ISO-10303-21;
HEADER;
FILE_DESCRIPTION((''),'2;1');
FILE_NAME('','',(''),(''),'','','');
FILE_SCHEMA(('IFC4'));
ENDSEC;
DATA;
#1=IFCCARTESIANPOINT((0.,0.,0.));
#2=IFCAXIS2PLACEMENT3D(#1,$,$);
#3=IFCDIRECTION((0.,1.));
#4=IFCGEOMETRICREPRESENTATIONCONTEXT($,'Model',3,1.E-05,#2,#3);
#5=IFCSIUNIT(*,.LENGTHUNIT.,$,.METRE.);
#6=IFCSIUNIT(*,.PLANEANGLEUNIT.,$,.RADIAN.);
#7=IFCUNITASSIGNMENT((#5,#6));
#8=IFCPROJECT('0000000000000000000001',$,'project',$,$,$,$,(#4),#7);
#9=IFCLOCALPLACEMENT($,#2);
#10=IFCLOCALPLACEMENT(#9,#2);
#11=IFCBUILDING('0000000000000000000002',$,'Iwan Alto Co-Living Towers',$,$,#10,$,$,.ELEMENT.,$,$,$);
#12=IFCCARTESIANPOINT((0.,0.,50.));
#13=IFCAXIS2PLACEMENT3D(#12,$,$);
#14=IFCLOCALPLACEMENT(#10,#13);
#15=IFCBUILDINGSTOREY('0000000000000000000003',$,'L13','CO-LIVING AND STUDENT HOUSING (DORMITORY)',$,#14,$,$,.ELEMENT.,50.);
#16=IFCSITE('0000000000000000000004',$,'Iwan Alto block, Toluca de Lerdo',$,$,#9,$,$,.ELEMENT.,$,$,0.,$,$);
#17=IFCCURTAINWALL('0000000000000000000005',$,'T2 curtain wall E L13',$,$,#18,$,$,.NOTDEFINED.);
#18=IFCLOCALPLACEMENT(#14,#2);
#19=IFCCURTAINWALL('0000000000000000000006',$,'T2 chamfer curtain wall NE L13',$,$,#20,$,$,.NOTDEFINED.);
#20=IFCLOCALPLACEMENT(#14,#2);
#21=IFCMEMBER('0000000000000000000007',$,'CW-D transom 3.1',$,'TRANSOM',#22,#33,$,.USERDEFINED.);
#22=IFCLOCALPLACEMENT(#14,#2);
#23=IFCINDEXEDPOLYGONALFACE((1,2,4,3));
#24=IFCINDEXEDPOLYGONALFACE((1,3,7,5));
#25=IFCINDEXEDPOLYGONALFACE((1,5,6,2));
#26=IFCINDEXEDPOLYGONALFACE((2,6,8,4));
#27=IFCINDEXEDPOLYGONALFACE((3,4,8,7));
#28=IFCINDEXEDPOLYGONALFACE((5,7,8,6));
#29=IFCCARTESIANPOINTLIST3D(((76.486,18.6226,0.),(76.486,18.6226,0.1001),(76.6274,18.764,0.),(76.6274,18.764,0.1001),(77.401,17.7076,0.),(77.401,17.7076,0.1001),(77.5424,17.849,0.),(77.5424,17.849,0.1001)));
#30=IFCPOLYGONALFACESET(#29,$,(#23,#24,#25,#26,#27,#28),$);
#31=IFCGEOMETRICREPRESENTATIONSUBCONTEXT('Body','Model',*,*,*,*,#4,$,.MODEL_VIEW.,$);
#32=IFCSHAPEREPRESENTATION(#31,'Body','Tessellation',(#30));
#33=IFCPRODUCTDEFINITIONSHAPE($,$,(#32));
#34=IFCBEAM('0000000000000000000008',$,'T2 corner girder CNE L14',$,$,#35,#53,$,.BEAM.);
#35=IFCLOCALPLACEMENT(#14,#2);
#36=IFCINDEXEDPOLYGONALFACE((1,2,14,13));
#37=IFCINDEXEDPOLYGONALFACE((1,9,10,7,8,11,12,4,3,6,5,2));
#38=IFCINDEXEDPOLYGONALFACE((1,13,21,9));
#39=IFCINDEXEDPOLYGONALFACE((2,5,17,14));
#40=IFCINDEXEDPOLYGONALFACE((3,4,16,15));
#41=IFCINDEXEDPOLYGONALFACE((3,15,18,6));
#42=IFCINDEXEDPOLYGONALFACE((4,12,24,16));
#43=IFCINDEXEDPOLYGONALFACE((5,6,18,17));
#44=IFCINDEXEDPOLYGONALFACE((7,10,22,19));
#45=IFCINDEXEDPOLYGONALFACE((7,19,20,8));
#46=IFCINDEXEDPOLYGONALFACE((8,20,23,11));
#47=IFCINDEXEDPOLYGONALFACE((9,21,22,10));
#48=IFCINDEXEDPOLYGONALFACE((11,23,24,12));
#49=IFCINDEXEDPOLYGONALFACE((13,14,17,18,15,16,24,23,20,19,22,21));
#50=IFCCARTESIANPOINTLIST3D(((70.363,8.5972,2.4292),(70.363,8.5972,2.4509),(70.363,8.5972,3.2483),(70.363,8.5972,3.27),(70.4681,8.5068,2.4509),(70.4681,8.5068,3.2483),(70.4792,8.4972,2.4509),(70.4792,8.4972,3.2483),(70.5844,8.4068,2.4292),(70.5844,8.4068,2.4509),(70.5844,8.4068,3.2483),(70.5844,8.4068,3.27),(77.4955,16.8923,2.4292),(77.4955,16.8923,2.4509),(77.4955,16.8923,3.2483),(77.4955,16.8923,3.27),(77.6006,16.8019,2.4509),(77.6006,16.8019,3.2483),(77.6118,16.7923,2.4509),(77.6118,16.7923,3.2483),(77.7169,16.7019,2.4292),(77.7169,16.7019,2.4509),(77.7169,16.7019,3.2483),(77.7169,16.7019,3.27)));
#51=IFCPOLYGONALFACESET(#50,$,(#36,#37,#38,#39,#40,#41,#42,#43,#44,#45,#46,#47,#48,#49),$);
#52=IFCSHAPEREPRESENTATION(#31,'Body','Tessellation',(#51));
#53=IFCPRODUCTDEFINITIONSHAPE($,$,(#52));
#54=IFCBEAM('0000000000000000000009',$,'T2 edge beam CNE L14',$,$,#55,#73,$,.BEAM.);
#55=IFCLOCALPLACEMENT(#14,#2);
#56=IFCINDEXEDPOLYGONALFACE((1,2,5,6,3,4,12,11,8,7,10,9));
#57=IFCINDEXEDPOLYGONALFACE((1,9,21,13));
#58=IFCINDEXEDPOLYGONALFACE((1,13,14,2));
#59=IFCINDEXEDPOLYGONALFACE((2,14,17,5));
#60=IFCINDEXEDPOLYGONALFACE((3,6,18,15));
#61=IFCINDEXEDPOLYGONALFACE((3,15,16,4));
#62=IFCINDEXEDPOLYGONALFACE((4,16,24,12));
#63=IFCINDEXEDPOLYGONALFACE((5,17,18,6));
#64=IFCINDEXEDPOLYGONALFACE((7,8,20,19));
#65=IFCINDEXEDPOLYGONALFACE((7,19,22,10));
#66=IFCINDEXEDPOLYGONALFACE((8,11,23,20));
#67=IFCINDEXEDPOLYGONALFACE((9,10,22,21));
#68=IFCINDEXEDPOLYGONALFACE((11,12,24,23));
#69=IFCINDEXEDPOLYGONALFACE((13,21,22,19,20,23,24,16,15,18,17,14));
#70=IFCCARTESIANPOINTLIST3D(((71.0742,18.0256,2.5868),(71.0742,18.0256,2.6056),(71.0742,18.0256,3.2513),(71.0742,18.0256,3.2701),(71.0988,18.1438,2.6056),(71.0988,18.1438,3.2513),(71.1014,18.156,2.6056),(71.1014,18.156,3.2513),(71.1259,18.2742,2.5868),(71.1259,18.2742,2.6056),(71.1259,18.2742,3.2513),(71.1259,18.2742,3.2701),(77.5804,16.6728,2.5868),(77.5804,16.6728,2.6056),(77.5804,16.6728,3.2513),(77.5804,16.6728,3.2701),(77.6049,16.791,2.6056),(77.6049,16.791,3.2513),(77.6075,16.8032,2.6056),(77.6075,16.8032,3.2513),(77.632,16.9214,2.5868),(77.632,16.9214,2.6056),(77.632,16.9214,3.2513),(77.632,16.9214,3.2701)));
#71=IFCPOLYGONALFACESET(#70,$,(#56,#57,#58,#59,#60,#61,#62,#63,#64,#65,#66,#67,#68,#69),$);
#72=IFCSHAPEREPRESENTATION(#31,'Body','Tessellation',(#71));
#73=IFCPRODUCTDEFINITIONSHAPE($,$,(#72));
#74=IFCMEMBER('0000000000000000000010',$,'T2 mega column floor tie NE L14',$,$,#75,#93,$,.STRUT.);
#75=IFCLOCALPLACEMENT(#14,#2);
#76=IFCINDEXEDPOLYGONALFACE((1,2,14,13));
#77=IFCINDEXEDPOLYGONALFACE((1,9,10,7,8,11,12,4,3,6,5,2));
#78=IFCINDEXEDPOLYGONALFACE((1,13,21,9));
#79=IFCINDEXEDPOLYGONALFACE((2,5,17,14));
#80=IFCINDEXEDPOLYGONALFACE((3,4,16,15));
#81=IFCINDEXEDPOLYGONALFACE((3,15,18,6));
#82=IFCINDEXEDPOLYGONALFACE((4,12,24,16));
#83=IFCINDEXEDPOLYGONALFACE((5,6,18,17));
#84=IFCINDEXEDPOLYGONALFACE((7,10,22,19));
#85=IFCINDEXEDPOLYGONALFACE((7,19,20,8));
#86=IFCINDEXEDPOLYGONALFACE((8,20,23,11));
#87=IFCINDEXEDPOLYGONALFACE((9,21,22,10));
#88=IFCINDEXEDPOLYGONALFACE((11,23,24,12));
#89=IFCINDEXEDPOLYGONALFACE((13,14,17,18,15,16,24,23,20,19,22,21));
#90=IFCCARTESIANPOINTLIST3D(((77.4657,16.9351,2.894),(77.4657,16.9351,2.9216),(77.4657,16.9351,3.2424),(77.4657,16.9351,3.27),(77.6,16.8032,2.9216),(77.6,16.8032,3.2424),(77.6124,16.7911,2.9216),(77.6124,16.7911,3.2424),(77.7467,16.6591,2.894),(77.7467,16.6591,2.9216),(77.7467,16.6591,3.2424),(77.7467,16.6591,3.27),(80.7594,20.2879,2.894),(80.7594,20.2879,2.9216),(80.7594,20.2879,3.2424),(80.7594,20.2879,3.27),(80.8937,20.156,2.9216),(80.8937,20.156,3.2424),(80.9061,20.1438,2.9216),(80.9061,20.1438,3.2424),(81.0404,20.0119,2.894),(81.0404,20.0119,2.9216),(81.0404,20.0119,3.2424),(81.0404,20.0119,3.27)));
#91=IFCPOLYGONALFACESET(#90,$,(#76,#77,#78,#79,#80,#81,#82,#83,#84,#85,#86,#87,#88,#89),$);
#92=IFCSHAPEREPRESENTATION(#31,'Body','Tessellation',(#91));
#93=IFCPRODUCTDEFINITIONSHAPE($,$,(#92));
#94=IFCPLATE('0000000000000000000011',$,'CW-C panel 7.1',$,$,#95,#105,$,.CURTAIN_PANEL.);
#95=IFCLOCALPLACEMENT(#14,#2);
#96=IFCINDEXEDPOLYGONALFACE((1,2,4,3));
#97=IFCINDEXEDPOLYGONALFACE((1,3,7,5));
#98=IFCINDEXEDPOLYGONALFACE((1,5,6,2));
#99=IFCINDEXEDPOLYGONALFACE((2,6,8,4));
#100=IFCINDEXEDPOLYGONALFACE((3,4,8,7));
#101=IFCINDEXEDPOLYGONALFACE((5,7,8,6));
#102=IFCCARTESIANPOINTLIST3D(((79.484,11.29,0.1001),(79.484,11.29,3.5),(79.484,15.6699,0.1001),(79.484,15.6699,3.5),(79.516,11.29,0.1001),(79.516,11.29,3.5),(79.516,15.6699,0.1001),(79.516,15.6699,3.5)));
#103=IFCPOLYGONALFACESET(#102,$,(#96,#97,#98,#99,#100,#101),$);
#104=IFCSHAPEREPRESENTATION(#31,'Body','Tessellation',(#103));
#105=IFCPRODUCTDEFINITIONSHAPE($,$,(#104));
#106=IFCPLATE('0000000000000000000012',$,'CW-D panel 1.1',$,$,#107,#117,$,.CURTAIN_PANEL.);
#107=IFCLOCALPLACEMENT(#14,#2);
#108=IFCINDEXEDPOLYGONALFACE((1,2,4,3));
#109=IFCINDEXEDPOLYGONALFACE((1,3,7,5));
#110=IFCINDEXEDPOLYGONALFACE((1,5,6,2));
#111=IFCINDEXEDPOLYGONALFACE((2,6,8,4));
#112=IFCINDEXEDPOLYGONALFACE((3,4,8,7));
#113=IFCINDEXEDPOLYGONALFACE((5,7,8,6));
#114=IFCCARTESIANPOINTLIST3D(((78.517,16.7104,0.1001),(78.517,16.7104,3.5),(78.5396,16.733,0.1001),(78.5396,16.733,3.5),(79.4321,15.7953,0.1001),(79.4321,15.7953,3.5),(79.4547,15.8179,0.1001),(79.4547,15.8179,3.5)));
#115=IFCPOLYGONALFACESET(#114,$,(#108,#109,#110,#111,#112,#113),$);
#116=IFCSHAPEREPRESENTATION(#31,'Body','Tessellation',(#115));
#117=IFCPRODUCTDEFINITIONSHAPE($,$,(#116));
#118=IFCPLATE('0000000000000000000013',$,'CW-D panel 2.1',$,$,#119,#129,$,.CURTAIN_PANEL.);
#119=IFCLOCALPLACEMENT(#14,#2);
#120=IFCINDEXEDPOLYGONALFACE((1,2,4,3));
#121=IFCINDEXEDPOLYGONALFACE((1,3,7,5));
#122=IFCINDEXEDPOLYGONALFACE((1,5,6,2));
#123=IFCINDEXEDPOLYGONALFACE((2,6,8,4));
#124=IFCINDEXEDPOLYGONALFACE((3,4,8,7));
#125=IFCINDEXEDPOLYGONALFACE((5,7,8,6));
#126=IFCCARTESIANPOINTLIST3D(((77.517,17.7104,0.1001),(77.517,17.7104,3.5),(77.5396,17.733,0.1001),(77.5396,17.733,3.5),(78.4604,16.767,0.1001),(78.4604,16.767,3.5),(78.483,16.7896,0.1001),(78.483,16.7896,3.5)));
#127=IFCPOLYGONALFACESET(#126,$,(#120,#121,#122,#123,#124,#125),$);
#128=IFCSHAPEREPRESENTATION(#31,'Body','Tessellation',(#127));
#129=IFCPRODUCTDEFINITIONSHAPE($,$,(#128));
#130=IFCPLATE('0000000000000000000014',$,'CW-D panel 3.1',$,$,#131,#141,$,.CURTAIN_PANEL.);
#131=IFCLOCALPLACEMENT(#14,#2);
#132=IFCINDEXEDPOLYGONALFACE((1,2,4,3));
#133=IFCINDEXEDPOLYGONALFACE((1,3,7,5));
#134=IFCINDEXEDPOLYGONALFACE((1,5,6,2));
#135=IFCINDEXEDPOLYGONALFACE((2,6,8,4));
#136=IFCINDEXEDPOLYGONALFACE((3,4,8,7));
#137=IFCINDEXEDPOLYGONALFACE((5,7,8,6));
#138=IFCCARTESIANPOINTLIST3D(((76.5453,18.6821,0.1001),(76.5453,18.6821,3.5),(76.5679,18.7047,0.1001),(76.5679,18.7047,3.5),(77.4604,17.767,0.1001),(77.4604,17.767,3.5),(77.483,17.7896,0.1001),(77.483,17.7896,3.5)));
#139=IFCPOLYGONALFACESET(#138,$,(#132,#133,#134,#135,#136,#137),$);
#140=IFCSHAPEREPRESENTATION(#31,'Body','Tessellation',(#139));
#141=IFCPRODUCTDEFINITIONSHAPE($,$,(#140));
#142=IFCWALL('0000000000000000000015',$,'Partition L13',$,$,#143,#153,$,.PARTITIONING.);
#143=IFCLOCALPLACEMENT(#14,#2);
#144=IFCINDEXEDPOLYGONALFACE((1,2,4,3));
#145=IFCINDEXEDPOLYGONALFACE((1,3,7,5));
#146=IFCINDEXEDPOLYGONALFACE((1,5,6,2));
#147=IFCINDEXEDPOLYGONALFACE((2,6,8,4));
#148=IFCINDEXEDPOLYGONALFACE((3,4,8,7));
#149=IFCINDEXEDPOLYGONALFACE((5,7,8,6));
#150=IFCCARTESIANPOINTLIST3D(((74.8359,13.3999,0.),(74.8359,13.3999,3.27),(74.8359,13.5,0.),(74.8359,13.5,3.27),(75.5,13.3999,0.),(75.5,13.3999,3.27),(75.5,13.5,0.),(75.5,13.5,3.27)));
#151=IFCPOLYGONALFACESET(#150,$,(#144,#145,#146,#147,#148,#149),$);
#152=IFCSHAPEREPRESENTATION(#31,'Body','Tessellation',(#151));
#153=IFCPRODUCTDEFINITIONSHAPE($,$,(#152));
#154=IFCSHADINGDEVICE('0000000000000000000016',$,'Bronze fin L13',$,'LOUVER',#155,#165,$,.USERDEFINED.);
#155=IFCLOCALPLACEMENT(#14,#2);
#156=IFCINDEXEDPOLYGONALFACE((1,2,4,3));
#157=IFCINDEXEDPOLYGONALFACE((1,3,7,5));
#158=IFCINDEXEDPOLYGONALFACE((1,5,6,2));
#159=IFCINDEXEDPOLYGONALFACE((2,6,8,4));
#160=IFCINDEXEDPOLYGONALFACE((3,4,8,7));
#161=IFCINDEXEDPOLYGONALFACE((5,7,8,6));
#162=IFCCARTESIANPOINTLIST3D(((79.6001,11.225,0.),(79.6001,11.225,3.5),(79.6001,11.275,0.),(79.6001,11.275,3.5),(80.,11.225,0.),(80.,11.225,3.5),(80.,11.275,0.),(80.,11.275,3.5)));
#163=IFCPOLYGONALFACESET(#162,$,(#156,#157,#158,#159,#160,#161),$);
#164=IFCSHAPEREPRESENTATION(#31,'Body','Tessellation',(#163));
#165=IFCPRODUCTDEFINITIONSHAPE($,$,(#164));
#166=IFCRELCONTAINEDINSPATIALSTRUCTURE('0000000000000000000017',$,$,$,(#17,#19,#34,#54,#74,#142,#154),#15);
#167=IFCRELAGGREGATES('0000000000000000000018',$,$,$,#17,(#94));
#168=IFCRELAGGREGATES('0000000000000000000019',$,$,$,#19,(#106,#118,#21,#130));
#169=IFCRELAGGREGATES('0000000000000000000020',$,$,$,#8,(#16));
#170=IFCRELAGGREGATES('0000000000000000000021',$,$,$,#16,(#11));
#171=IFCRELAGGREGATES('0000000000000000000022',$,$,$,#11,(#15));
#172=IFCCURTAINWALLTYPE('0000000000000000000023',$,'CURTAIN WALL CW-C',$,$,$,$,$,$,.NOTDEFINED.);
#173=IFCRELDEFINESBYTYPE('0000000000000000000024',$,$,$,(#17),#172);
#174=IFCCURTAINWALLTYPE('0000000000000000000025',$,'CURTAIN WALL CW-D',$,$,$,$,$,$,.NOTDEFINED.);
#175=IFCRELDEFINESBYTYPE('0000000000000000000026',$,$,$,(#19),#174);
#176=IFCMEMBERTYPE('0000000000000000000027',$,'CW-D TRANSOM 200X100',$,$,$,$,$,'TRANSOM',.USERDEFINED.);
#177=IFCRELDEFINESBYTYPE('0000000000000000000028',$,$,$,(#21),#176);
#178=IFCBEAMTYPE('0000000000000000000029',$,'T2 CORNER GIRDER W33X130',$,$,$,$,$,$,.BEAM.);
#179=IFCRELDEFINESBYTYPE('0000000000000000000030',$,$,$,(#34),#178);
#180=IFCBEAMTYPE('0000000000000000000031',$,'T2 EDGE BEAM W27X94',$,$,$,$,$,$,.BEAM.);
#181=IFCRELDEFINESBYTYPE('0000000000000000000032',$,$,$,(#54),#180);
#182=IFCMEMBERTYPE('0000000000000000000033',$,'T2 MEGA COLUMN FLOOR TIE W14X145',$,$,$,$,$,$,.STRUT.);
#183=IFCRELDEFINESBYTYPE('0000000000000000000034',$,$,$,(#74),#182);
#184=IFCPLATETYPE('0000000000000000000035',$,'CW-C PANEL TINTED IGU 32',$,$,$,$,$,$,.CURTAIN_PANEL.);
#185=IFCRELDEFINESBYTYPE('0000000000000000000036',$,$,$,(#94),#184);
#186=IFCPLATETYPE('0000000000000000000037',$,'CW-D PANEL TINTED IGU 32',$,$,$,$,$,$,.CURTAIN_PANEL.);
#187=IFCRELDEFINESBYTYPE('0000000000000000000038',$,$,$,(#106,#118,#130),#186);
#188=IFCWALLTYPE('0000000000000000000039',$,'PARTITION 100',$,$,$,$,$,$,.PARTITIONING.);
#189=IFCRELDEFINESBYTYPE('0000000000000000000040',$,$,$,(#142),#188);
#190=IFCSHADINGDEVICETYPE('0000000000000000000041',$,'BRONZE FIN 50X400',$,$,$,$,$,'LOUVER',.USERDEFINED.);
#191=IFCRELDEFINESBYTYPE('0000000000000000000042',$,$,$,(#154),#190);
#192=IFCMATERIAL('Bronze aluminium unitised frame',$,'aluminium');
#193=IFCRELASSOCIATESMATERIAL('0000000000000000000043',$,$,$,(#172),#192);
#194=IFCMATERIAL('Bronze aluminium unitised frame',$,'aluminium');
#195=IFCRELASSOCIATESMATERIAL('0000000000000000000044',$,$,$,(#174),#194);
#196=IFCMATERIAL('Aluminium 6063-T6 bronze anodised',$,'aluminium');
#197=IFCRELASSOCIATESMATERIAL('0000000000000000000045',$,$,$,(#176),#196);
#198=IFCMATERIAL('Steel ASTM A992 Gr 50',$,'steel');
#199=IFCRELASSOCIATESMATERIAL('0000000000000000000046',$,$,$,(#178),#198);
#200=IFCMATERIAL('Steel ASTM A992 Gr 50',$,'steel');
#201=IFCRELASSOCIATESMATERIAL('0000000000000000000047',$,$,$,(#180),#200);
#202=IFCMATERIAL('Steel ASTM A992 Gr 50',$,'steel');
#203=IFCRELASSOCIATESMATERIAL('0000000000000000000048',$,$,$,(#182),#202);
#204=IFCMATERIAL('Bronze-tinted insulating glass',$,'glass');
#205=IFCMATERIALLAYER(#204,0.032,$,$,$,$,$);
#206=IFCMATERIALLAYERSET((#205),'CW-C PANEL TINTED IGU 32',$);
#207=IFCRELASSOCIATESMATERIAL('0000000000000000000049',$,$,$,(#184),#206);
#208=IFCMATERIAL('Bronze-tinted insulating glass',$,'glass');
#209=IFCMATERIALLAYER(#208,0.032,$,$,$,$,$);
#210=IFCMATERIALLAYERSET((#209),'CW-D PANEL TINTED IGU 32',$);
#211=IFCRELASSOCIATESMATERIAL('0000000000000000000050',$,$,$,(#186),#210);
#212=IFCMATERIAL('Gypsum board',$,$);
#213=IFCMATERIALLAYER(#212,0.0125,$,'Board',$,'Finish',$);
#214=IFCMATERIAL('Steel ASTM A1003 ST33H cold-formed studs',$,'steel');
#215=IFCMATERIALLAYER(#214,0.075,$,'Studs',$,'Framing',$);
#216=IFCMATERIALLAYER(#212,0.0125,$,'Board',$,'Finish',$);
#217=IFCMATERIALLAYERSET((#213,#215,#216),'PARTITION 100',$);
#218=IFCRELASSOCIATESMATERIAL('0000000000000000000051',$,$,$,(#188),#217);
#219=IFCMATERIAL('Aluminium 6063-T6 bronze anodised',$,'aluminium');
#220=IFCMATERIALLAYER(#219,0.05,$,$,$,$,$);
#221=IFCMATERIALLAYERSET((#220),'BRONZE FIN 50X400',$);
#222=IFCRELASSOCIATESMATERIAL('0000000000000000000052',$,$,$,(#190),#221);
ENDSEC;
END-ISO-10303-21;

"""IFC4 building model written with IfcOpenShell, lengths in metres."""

from ifc_helpers import new_model, si_unit, direction, frame, frame_2d, origin, origin_2d, place, context, subcontext, project, spatial, rectangle, i_section, extrude, material, layer, layer_set, material_profile, profile_set, type_object, element, aggregate, save


model = new_model("IFC4")

# Units and contexts
model_context = context("Model", 3, precision=1e-05, world=origin(), true_north=direction((0.0, 1.0)))
body_context = subcontext(model_context, "Body", "Model", "MODEL_VIEW")
ifc_project = project(units=[si_unit("LENGTHUNIT", "METRE"), si_unit("PLANEANGLEUNIT", "RADIAN")], contexts=[model_context])

# Site, building, storey
site_placement = place(None, origin())
site = spatial("IfcSite", under=ifc_project, at=site_placement, Name="Iwan Alto block, Toluca de Lerdo", CompositionType="ELEMENT", RefElevation=0.0)
building_placement = place(site_placement, origin())
building = spatial("IfcBuilding", under=site, at=building_placement, Name="Iwan Alto Co-Living Towers", CompositionType="ELEMENT")
storey_placement = place(building_placement, frame((0.0, 0.0, 50.0)))
storey = spatial("IfcBuildingStorey", under=building, at=storey_placement, Name="L13", Description="CO-LIVING AND STUDENT HOUSING (DORMITORY)", CompositionType="ELEMENT", Elevation=50.0)

# Curtain wall
ifc_material_1 = material(Name="Bronze aluminium unitised frame", Category="aluminium")
curtain_wall_type_1 = type_object("IfcCurtainWallType", Name="CURTAIN WALL CW-C", PredefinedType="NOTDEFINED", material=ifc_material_1)
curtain_wall_1_placement = place(storey_placement, origin())
curtain_wall_1 = element("IfcCurtainWall", 1, at=curtain_wall_1_placement, inside=storey, type_object=curtain_wall_type_1, Name="T2 curtain wall E L13", PredefinedType="NOTDEFINED")

# Curtain wall, member
ifc_material_2 = material(Name="Bronze aluminium unitised frame", Category="aluminium")
curtain_wall_type_2 = type_object("IfcCurtainWallType", Name="CURTAIN WALL CW-D", PredefinedType="NOTDEFINED", material=ifc_material_2)
curtain_wall_2_placement = place(storey_placement, origin())
curtain_wall_2 = element("IfcCurtainWall", 2, at=curtain_wall_2_placement, inside=storey, type_object=curtain_wall_type_2, Name="T2 chamfer curtain wall NE L13", PredefinedType="NOTDEFINED")
ifc_material_3 = material(Name="Aluminium 6063-T6 bronze anodised", Category="aluminium")
ifc_material_profile_1 = material_profile(ifc_material_3, rectangle(XDim=0.2, YDim=0.1001, at=origin_2d()), Name="AL 200X100")
ifc_profile_set_1 = profile_set([ifc_material_profile_1], Name="Aluminium 6063-T6 bronze anodised")
member_type_1 = type_object("IfcMemberType", Name="CW-D TRANSOM 200X100", ElementType="TRANSOM", PredefinedType="USERDEFINED", material=ifc_profile_set_1)
member_1_placement = place(storey_placement, frame((77.4717, 17.7783, 0.05), z_axis=(-0.707107, 0.707107, 0.0), x_axis=(-0.707107, -0.707107, 0.0)))
member_1 = element("IfcMember", 3, at=member_1_placement, type_object=member_type_1, Name="CW-D transom 3.1", ObjectType="TRANSOM", PredefinedType="USERDEFINED", context=body_context, shape_type="SweptSolid", body=[
    extrude(rectangle(XDim=0.2, YDim=0.1001, at=origin_2d()), origin(), (0.0, 0.0, 1.0), 1.2939),
])

# Beams
ifc_material_4 = material(Name="Steel ASTM A992 Gr 50", Category="steel")
ifc_material_profile_2 = material_profile(ifc_material_4, i_section(OverallWidth=0.292, OverallDepth=0.8408, WebThickness=0.0146, FlangeThickness=0.0217, at=origin_2d()), Name="W33X130")
ifc_profile_set_2 = profile_set([ifc_material_profile_2], Name="Steel ASTM A992 Gr 50")
beam_type_1 = type_object("IfcBeamType", Name="T2 CORNER GIRDER W33X130", PredefinedType="BEAM", material=ifc_profile_set_2)
beam_1_placement = place(storey_placement, frame((77.6062, 16.7971, 2.8496), z_axis=(-0.651972, -0.758243, 0.0), x_axis=(0.758243, -0.651972, 0.0)))
element("IfcBeam", 4, at=beam_1_placement, inside=storey, type_object=beam_type_1, Name="T2 corner girder CNE L14", PredefinedType="BEAM", context=body_context, shape_type="SweptSolid", body=[
    extrude(i_section(OverallWidth=0.292, OverallDepth=0.8408, WebThickness=0.0146, FlangeThickness=0.0217, at=origin_2d()), origin(), (0.0, 0.0, 1.0), 10.9399),
])
ifc_material_5 = material(Name="Steel ASTM A992 Gr 50", Category="steel")
ifc_material_profile_3 = material_profile(ifc_material_5, i_section(OverallWidth=0.2539, OverallDepth=0.6833, WebThickness=0.0125, FlangeThickness=0.0188, at=origin_2d()), Name="W27X94")
ifc_profile_set_3 = profile_set([ifc_material_profile_3], Name="Steel ASTM A992 Gr 50")
beam_type_2 = type_object("IfcBeamType", Name="T2 EDGE BEAM W27X94", PredefinedType="BEAM", material=ifc_profile_set_3)
beam_2_placement = place(storey_placement, frame((77.6062, 16.7971, 2.9285), z_axis=(-0.97906, 0.203571, 0.0), x_axis=(-0.203571, -0.97906, 0.0)))
element("IfcBeam", 5, at=beam_2_placement, inside=storey, type_object=beam_type_2, Name="T2 edge beam CNE L14", PredefinedType="BEAM", context=body_context, shape_type="SweptSolid", body=[
    extrude(i_section(OverallWidth=0.2539, OverallDepth=0.6833, WebThickness=0.0125, FlangeThickness=0.0188, at=origin_2d()), origin(), (0.0, 0.0, 1.0), 6.6453),
])

# Member
ifc_material_6 = material(Name="Steel ASTM A992 Gr 50", Category="steel")
ifc_material_profile_4 = material_profile(ifc_material_6, i_section(OverallWidth=0.3938, OverallDepth=0.376, WebThickness=0.0173, FlangeThickness=0.0276, at=origin_2d()), Name="W14X145")
ifc_profile_set_4 = profile_set([ifc_material_profile_4], Name="Steel ASTM A992 Gr 50")
member_type_2 = type_object("IfcMemberType", Name="T2 MEGA COLUMN FLOOR TIE W14X145", PredefinedType="STRUT", material=ifc_profile_set_4)
member_2_placement = place(storey_placement, frame((80.8999, 20.1499, 3.082), z_axis=(-0.700793, -0.713364, 0.0), x_axis=(0.713364, -0.700793, 0.0)))
element("IfcMember", 6, at=member_2_placement, inside=storey, type_object=member_type_2, Name="T2 mega column floor tie NE L14", PredefinedType="STRUT", context=body_context, shape_type="SweptSolid", body=[
    extrude(i_section(OverallWidth=0.3938, OverallDepth=0.376, WebThickness=0.0173, FlangeThickness=0.0276, at=origin_2d()), origin(), (0.0, 0.0, 1.0), 4.7),
])

# Plates
ifc_material_7 = material(Name="Bronze-tinted insulating glass", Category="glass")
ifc_layer_1 = layer(ifc_material_7, 0.032)
ifc_layer_set_1 = layer_set([ifc_layer_1], Name="CW-C PANEL TINTED IGU 32")
plate_type_1 = type_object("IfcPlateType", Name="CW-C PANEL TINTED IGU 32", PredefinedType="CURTAIN_PANEL", material=ifc_layer_set_1)
plate_1_placement = place(storey_placement, frame((79.5, 13.48, 0.1001), z_axis=(0.0, 0.0, 1.0), x_axis=(0.0, 1.0, 0.0)))
plate_1 = element("IfcPlate", 7, at=plate_1_placement, type_object=plate_type_1, Name="CW-C panel 7.1", PredefinedType="CURTAIN_PANEL", context=body_context, shape_type="SweptSolid", body=[
    extrude(rectangle(XDim=4.3799, YDim=0.032, at=origin_2d()), origin(), (0.0, 0.0, 1.0), 3.3999),
])
aggregate(curtain_wall_1, [plate_1])
ifc_material_8 = material(Name="Bronze-tinted insulating glass", Category="glass")
ifc_layer_2 = layer(ifc_material_8, 0.032)
ifc_layer_set_2 = layer_set([ifc_layer_2], Name="CW-D PANEL TINTED IGU 32")
plate_type_2 = type_object("IfcPlateType", Name="CW-D PANEL TINTED IGU 32", PredefinedType="CURTAIN_PANEL", material=ifc_layer_set_2)
plate_2_placement = place(storey_placement, frame((78.9858, 16.2642, 0.1001), z_axis=(0.0, 0.0, 1.0), x_axis=(-0.707107, 0.707107, 0.0)))
plate_2 = element("IfcPlate", 8, at=plate_2_placement, type_object=plate_type_2, Name="CW-D panel 1.1", PredefinedType="CURTAIN_PANEL", context=body_context, shape_type="SweptSolid", body=[
    extrude(rectangle(XDim=1.2942, YDim=0.032, at=origin_2d()), origin(), (0.0, 0.0, 1.0), 3.3999),
])
plate_3_placement = place(storey_placement, frame((78.0, 17.25, 0.1001), z_axis=(0.0, 0.0, 1.0), x_axis=(-0.707107, 0.707107, 0.0)))
plate_3 = element("IfcPlate", 9, at=plate_3_placement, type_object=plate_type_2, Name="CW-D panel 2.1", PredefinedType="CURTAIN_PANEL", context=body_context, shape_type="SweptSolid", body=[
    extrude(rectangle(XDim=1.3342, YDim=0.032, at=origin_2d()), origin(), (0.0, 0.0, 1.0), 3.3999),
])
plate_4_placement = place(storey_placement, frame((77.0142, 18.2358, 0.1001), z_axis=(0.0, 0.0, 1.0), x_axis=(-0.707107, 0.707107, 0.0)))
plate_4 = element("IfcPlate", 10, at=plate_4_placement, type_object=plate_type_2, Name="CW-D panel 3.1", PredefinedType="CURTAIN_PANEL", context=body_context, shape_type="SweptSolid", body=[
    extrude(rectangle(XDim=1.2942, YDim=0.032, at=origin_2d()), origin(), (0.0, 0.0, 1.0), 3.3999),
])
aggregate(curtain_wall_2, [plate_2, plate_3, member_1, plate_4])

# Wall
ifc_material_9 = material(Name="Gypsum board")
ifc_layer_3 = layer(ifc_material_9, 0.0125, Name="Board", Category="Finish")
ifc_material_10 = material(Name="Steel ASTM A1003 ST33H cold-formed studs", Category="steel")
ifc_layer_4 = layer(ifc_material_10, 0.075, Name="Studs", Category="Framing")
ifc_layer_5 = layer(ifc_material_9, 0.0125, Name="Board", Category="Finish")
ifc_layer_set_3 = layer_set([ifc_layer_3, ifc_layer_4, ifc_layer_5], Name="PARTITION 100")
wall_type = type_object("IfcWallType", Name="PARTITION 100", PredefinedType="PARTITIONING", material=ifc_layer_set_3)
wall_placement = place(storey_placement, frame((74.8359, 13.45, 0.0), z_axis=(0.0, 0.0, 1.0), x_axis=(1.0, 0.0, 0.0)))
element("IfcWall", 11, at=wall_placement, inside=storey, type_object=wall_type, Name="Partition L13", PredefinedType="PARTITIONING", context=body_context, shape_type="SweptSolid", body=[
    extrude(rectangle(XDim=0.6641, YDim=0.1001, at=frame_2d((0.332, 0.0))), origin(), (0.0, 0.0, 1.0), 3.27),
])

# Shading device
ifc_material_11 = material(Name="Aluminium 6063-T6 bronze anodised", Category="aluminium")
ifc_layer_6 = layer(ifc_material_11, 0.05)
ifc_layer_set_4 = layer_set([ifc_layer_6], Name="BRONZE FIN 50X400")
shading_device_type = type_object("IfcShadingDeviceType", Name="BRONZE FIN 50X400", ElementType="LOUVER", PredefinedType="USERDEFINED", material=ifc_layer_set_4)
shading_device_placement = place(storey_placement, frame((79.8, 11.25, 0.0), z_axis=(0.0, 0.0, 1.0), x_axis=(0.0, 1.0, 0.0)))
element("IfcShadingDevice", 12, at=shading_device_placement, inside=storey, type_object=shading_device_type, Name="Bronze fin L13", ObjectType="LOUVER", PredefinedType="USERDEFINED", context=body_context, shape_type="SweptSolid", body=[
    extrude(rectangle(XDim=0.05, YDim=0.3999, at=origin_2d()), origin(), (0.0, 0.0, 1.0), 3.5),
])

save(model, "model.ifc")
